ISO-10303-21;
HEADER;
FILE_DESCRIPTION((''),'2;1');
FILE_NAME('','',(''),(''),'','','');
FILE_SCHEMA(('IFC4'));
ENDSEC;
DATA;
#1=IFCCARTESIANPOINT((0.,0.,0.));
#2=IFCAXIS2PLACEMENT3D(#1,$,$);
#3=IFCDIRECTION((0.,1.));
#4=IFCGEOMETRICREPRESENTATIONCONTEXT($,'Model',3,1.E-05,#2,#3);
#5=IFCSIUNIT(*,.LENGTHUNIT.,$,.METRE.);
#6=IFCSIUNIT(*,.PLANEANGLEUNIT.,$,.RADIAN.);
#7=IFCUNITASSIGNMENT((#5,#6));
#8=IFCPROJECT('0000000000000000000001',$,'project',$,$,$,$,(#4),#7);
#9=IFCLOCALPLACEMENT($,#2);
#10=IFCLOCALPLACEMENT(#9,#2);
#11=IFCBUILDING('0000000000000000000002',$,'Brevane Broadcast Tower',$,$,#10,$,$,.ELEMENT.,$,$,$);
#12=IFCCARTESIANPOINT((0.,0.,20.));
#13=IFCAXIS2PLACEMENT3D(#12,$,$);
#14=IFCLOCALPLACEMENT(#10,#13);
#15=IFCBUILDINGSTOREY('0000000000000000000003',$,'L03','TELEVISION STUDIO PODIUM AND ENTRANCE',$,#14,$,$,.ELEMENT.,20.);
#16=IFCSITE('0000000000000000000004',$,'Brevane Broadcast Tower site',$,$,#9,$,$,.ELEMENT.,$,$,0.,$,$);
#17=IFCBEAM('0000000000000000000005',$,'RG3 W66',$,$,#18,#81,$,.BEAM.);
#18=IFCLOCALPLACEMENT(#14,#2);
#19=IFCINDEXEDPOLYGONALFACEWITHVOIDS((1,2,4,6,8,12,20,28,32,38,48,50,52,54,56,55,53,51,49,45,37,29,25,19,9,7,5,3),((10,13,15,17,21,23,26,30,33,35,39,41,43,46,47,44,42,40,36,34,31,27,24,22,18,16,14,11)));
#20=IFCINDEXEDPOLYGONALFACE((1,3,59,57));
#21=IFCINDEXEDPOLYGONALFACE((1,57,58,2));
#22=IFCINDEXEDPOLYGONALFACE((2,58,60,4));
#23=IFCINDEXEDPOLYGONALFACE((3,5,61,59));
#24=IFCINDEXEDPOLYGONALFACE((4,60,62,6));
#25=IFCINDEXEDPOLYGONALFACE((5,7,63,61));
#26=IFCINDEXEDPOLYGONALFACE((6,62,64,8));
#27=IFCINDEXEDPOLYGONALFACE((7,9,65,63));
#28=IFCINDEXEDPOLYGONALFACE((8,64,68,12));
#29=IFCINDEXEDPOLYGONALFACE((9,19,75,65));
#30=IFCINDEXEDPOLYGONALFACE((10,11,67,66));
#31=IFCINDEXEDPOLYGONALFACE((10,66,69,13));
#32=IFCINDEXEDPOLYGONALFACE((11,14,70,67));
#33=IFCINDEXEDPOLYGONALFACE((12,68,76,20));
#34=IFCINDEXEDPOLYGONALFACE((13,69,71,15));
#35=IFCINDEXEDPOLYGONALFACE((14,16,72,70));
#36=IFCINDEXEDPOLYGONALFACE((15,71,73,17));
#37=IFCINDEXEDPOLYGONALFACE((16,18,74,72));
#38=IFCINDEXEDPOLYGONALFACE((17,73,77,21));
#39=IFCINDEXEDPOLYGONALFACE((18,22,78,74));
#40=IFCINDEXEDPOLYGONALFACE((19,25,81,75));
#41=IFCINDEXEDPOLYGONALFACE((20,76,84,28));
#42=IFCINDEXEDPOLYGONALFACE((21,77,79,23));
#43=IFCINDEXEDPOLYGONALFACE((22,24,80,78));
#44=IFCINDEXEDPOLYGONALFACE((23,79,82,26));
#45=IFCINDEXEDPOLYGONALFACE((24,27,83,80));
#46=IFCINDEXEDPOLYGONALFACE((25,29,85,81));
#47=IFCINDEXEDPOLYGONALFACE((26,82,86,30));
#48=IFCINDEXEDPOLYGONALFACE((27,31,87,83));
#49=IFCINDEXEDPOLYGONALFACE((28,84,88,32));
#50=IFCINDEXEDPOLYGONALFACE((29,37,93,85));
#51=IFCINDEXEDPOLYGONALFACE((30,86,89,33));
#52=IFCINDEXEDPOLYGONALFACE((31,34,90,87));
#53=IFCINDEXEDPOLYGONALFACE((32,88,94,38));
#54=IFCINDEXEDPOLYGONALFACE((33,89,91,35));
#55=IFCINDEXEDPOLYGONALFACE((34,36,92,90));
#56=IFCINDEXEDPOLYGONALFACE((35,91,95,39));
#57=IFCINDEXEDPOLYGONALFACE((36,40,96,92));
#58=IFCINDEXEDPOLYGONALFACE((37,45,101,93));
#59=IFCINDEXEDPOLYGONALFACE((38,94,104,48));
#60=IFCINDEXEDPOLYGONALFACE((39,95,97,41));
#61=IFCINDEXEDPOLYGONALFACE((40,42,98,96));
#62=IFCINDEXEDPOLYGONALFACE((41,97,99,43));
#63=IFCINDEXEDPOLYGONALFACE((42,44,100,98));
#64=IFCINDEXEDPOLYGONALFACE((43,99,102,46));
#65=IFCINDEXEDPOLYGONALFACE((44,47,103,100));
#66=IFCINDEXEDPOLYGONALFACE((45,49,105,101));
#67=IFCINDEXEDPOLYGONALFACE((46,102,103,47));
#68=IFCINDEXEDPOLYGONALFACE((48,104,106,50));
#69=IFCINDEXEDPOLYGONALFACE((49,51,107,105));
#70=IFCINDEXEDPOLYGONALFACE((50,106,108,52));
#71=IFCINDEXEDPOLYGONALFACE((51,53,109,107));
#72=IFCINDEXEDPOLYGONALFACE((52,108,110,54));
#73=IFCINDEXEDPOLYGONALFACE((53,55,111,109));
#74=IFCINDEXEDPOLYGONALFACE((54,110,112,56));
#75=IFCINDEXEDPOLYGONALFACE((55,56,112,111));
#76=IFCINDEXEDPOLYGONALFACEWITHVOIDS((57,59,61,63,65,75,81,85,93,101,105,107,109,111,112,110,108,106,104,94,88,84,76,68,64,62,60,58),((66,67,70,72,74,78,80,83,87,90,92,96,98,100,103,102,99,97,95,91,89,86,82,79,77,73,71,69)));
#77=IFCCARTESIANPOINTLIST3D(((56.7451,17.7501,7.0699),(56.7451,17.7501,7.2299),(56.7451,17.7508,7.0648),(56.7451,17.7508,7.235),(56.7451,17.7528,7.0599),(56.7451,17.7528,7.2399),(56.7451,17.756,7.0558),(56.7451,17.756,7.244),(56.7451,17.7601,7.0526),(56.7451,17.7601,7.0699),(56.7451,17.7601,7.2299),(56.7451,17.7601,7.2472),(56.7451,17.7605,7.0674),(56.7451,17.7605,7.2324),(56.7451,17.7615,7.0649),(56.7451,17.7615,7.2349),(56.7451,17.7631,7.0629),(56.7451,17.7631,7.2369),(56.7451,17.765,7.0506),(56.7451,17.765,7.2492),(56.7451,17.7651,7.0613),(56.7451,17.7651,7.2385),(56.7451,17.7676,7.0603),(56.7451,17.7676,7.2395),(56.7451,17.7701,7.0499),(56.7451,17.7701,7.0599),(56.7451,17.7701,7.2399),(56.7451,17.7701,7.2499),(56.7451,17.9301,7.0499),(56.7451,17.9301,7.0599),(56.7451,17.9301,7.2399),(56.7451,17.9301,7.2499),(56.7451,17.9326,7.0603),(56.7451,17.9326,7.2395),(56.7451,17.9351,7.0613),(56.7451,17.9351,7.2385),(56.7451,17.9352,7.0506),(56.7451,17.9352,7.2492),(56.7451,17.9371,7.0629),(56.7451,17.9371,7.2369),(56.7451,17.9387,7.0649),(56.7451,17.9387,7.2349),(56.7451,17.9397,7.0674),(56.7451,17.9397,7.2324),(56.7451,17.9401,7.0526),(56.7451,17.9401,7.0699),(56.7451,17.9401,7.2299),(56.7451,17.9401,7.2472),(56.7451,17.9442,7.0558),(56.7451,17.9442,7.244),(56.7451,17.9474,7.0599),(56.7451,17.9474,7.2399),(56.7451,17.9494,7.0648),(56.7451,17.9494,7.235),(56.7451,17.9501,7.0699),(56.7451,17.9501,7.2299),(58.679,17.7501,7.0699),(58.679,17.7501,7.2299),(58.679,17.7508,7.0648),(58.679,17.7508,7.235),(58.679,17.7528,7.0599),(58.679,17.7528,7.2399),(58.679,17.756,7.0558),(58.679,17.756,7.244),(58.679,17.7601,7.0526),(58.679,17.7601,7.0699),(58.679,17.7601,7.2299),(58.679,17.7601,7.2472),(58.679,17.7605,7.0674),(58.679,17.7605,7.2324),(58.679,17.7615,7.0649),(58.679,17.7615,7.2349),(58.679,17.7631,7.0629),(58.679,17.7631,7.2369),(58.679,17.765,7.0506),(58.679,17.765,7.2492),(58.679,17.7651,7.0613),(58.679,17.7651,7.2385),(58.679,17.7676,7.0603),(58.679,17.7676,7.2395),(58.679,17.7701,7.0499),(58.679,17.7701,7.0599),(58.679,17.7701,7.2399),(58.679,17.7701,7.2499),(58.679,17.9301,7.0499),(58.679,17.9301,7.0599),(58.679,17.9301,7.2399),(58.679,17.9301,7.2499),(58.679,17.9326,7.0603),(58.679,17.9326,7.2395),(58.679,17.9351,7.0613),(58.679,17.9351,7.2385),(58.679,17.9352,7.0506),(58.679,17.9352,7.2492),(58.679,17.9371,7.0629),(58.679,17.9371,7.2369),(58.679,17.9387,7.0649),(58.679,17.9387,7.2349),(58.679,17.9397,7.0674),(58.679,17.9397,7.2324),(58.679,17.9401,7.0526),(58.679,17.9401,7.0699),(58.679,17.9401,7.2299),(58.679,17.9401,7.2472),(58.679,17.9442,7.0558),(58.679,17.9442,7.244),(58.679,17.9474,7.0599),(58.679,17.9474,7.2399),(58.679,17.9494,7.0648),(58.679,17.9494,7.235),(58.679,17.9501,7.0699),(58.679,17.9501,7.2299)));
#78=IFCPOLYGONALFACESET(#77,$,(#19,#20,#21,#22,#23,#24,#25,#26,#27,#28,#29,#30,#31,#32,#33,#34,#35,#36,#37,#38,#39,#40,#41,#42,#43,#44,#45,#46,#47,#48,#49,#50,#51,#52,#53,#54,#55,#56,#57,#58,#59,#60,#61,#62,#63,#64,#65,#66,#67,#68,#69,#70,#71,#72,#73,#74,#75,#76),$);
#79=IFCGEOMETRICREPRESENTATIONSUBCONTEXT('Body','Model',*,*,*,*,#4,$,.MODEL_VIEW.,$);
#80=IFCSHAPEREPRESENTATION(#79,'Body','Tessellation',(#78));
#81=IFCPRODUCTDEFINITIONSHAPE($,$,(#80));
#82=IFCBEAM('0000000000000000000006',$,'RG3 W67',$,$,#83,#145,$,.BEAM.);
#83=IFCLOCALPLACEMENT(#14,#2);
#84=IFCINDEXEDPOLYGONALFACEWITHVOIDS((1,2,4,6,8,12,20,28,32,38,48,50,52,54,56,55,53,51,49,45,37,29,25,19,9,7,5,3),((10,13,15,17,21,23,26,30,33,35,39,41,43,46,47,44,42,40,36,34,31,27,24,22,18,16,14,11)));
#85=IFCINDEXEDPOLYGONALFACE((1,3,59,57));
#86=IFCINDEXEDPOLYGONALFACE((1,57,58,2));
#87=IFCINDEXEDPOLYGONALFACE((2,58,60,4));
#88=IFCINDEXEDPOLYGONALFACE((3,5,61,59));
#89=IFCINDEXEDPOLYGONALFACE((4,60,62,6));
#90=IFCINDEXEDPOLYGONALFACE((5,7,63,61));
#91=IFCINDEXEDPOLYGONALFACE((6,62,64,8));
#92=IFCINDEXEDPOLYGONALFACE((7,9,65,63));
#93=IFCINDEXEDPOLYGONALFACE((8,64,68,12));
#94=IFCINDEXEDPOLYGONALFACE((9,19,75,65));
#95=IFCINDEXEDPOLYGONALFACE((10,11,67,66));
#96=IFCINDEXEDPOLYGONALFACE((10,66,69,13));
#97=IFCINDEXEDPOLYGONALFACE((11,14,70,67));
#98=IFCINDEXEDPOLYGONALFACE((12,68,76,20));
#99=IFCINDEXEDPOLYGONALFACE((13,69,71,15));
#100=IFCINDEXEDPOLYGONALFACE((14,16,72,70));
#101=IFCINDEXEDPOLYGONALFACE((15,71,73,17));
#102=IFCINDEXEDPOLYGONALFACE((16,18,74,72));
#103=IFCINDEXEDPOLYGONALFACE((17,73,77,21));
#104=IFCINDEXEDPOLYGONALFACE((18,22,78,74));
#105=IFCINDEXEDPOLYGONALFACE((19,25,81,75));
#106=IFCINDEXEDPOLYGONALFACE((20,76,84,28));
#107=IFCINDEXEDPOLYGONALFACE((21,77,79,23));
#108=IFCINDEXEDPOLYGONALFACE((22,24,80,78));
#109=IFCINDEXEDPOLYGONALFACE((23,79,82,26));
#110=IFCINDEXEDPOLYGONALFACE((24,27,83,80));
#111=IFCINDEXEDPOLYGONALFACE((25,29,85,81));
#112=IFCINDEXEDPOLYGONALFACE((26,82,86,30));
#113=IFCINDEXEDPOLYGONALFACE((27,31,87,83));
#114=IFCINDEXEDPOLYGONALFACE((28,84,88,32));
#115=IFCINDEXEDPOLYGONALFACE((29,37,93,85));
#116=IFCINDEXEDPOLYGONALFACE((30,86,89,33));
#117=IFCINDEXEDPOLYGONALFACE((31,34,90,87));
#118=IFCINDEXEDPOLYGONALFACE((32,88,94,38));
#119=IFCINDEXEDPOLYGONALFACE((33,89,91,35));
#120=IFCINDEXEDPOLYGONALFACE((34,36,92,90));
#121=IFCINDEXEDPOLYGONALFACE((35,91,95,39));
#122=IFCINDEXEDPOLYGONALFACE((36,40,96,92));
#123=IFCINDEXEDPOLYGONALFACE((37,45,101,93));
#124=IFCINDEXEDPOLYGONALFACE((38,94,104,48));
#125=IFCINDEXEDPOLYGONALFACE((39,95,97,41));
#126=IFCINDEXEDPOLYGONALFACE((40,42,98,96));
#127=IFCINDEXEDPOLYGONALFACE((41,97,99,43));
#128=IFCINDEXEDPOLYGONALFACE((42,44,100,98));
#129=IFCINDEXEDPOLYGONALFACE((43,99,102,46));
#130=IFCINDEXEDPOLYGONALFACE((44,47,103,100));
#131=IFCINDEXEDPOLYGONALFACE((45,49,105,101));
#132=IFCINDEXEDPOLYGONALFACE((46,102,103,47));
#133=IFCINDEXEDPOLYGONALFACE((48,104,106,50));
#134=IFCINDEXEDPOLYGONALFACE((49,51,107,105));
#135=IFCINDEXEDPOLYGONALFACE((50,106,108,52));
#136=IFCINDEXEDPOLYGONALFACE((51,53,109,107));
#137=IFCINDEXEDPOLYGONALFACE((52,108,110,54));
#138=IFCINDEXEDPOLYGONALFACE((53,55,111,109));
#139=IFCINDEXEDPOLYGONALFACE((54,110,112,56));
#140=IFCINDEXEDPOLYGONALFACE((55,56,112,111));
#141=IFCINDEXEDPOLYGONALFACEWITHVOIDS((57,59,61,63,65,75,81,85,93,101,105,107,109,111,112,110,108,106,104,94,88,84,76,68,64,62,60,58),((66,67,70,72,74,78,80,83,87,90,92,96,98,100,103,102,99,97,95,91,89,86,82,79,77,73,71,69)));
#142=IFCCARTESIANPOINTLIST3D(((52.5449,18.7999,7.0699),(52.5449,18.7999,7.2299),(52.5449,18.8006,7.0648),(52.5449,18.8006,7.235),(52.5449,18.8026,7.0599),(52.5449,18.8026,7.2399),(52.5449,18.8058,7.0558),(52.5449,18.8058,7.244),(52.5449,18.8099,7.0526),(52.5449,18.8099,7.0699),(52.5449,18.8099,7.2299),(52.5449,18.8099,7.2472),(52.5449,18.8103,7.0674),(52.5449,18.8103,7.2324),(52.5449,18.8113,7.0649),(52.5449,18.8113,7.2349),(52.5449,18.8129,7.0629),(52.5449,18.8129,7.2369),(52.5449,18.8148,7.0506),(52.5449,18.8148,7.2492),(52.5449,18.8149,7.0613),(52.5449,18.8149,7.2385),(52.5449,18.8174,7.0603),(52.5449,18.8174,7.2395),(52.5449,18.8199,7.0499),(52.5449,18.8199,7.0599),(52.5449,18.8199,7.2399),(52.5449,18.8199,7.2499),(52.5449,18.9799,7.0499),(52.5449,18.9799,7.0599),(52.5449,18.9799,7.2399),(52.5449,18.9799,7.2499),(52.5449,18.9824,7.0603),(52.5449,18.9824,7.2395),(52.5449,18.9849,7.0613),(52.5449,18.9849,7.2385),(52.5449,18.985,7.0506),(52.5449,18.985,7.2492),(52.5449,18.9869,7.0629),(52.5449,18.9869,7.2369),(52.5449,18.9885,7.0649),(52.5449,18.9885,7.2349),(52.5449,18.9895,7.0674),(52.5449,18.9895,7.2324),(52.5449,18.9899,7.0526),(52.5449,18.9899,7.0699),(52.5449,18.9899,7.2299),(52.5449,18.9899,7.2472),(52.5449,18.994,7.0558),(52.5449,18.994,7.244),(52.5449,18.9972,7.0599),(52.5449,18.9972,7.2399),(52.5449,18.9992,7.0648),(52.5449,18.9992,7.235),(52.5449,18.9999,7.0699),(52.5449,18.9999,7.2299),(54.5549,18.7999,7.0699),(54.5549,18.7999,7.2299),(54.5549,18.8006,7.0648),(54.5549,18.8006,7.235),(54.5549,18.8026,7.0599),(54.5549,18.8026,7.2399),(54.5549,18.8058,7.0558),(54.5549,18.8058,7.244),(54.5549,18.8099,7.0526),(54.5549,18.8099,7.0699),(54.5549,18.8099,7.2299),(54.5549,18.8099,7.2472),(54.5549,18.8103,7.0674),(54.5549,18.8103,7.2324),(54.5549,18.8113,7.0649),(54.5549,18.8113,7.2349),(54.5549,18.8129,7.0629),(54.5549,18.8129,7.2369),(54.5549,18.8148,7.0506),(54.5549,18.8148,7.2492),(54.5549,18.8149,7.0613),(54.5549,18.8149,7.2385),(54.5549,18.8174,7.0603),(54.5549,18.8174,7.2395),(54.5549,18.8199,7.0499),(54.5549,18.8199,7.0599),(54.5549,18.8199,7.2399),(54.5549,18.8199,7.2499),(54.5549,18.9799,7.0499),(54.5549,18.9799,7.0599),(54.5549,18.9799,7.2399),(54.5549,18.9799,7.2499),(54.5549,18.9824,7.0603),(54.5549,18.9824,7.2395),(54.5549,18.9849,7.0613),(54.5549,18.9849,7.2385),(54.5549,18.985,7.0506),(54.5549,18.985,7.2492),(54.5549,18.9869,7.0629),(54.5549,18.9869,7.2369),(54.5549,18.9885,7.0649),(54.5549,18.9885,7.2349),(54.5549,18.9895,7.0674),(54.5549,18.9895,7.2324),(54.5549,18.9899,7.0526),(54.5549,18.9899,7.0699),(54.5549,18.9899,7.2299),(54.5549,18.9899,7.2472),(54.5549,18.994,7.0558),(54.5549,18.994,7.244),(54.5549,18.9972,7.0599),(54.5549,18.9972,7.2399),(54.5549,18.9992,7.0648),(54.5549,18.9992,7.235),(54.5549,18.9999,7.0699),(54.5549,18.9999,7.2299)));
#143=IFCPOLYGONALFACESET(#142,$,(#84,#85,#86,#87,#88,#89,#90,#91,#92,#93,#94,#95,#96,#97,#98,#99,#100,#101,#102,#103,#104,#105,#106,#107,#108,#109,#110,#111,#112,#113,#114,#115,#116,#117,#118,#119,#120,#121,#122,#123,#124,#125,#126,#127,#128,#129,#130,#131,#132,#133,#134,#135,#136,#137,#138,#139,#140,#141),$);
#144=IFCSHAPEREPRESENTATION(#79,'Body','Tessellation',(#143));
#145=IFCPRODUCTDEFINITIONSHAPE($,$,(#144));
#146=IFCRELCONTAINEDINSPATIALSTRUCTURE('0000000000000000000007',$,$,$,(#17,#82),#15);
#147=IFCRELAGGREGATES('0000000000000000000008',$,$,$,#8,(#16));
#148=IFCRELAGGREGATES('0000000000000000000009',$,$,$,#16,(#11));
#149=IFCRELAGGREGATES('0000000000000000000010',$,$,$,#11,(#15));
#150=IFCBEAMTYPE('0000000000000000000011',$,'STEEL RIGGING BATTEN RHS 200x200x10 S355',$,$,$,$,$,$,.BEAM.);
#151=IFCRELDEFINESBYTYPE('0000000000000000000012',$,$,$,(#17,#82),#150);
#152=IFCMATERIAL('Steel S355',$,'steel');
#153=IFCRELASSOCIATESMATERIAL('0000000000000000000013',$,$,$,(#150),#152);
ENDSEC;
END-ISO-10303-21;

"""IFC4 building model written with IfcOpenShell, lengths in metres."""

from ifc_helpers import new_model, si_unit, direction, frame, origin, origin_2d, place, context, subcontext, project, spatial, hollow_rectangle, extrude, material, material_profile, profile_set, type_object, element, save


model = new_model("IFC4")

# Units and contexts
model_context = context("Model", 3, precision=1e-05, world=origin(), true_north=direction((0.0, 1.0)))
body_context = subcontext(model_context, "Body", "Model", "MODEL_VIEW")
ifc_project = project(units=[si_unit("LENGTHUNIT", "METRE"), si_unit("PLANEANGLEUNIT", "RADIAN")], contexts=[model_context])

# Site, building, storey
site_placement = place(None, origin())
site = spatial("IfcSite", under=ifc_project, at=site_placement, Name="Brevane Broadcast Tower site", CompositionType="ELEMENT", RefElevation=0.0)
building_placement = place(site_placement, origin())
building = spatial("IfcBuilding", under=site, at=building_placement, Name="Brevane Broadcast Tower", CompositionType="ELEMENT")
storey_placement = place(building_placement, frame((0.0, 0.0, 20.0)))
storey = spatial("IfcBuildingStorey", under=building, at=storey_placement, Name="L03", Description="TELEVISION STUDIO PODIUM AND ENTRANCE", CompositionType="ELEMENT", Elevation=20.0)

# Beams
ifc_material_1 = material(Name="Steel S355", Category="steel")
ifc_material_profile_1 = material_profile(ifc_material_1, hollow_rectangle(XDim=0.2, YDim=0.2, WallThickness=0.01, InnerFilletRadius=0.01, OuterFilletRadius=0.02, at=origin_2d()), Name="RHS 200x200x10")
ifc_profile_set_1 = profile_set([ifc_material_profile_1], Name="Steel S355")
beam_type_1 = type_object("IfcBeamType", Name="STEEL RIGGING BATTEN RHS 200x200x10 S355", PredefinedType="BEAM", material=ifc_profile_set_1)
beam_1_placement = place(storey_placement, frame((56.7451, 17.8501, 7.1499), z_axis=(1.0, 0.0, 0.0), x_axis=(0.0, 1.0, 0.0)))
element("IfcBeam", 1, at=beam_1_placement, inside=storey, type_object=beam_type_1, Name="RG3 W66", PredefinedType="BEAM", context=body_context, shape_type="SweptSolid", body=[
    extrude(hollow_rectangle(XDim=0.2, YDim=0.2, WallThickness=0.01, InnerFilletRadius=0.01, OuterFilletRadius=0.02, at=origin_2d()), origin(), (0.0, 0.0, 1.0), 1.9338),
])
for number, where, z_axis, x_axis, name in (
    (2, (52.5449, 18.8999, 7.1499), (1.0, 0.0, 0.0), (0.0, 1.0, 0.0), "RG3 W67"),
):
    element("IfcBeam", number, at=place(storey_placement, frame(where, z_axis=z_axis, x_axis=x_axis)), inside=storey, type_object=beam_type_1, Name=name, PredefinedType="BEAM", context=body_context, shape_type="SweptSolid", body=[
        extrude(hollow_rectangle(XDim=0.2, YDim=0.2, WallThickness=0.01, InnerFilletRadius=0.01, OuterFilletRadius=0.02, at=origin_2d()), origin(), (0.0, 0.0, 1.0), 2.01),
    ])

save(model, "model.ifc")
